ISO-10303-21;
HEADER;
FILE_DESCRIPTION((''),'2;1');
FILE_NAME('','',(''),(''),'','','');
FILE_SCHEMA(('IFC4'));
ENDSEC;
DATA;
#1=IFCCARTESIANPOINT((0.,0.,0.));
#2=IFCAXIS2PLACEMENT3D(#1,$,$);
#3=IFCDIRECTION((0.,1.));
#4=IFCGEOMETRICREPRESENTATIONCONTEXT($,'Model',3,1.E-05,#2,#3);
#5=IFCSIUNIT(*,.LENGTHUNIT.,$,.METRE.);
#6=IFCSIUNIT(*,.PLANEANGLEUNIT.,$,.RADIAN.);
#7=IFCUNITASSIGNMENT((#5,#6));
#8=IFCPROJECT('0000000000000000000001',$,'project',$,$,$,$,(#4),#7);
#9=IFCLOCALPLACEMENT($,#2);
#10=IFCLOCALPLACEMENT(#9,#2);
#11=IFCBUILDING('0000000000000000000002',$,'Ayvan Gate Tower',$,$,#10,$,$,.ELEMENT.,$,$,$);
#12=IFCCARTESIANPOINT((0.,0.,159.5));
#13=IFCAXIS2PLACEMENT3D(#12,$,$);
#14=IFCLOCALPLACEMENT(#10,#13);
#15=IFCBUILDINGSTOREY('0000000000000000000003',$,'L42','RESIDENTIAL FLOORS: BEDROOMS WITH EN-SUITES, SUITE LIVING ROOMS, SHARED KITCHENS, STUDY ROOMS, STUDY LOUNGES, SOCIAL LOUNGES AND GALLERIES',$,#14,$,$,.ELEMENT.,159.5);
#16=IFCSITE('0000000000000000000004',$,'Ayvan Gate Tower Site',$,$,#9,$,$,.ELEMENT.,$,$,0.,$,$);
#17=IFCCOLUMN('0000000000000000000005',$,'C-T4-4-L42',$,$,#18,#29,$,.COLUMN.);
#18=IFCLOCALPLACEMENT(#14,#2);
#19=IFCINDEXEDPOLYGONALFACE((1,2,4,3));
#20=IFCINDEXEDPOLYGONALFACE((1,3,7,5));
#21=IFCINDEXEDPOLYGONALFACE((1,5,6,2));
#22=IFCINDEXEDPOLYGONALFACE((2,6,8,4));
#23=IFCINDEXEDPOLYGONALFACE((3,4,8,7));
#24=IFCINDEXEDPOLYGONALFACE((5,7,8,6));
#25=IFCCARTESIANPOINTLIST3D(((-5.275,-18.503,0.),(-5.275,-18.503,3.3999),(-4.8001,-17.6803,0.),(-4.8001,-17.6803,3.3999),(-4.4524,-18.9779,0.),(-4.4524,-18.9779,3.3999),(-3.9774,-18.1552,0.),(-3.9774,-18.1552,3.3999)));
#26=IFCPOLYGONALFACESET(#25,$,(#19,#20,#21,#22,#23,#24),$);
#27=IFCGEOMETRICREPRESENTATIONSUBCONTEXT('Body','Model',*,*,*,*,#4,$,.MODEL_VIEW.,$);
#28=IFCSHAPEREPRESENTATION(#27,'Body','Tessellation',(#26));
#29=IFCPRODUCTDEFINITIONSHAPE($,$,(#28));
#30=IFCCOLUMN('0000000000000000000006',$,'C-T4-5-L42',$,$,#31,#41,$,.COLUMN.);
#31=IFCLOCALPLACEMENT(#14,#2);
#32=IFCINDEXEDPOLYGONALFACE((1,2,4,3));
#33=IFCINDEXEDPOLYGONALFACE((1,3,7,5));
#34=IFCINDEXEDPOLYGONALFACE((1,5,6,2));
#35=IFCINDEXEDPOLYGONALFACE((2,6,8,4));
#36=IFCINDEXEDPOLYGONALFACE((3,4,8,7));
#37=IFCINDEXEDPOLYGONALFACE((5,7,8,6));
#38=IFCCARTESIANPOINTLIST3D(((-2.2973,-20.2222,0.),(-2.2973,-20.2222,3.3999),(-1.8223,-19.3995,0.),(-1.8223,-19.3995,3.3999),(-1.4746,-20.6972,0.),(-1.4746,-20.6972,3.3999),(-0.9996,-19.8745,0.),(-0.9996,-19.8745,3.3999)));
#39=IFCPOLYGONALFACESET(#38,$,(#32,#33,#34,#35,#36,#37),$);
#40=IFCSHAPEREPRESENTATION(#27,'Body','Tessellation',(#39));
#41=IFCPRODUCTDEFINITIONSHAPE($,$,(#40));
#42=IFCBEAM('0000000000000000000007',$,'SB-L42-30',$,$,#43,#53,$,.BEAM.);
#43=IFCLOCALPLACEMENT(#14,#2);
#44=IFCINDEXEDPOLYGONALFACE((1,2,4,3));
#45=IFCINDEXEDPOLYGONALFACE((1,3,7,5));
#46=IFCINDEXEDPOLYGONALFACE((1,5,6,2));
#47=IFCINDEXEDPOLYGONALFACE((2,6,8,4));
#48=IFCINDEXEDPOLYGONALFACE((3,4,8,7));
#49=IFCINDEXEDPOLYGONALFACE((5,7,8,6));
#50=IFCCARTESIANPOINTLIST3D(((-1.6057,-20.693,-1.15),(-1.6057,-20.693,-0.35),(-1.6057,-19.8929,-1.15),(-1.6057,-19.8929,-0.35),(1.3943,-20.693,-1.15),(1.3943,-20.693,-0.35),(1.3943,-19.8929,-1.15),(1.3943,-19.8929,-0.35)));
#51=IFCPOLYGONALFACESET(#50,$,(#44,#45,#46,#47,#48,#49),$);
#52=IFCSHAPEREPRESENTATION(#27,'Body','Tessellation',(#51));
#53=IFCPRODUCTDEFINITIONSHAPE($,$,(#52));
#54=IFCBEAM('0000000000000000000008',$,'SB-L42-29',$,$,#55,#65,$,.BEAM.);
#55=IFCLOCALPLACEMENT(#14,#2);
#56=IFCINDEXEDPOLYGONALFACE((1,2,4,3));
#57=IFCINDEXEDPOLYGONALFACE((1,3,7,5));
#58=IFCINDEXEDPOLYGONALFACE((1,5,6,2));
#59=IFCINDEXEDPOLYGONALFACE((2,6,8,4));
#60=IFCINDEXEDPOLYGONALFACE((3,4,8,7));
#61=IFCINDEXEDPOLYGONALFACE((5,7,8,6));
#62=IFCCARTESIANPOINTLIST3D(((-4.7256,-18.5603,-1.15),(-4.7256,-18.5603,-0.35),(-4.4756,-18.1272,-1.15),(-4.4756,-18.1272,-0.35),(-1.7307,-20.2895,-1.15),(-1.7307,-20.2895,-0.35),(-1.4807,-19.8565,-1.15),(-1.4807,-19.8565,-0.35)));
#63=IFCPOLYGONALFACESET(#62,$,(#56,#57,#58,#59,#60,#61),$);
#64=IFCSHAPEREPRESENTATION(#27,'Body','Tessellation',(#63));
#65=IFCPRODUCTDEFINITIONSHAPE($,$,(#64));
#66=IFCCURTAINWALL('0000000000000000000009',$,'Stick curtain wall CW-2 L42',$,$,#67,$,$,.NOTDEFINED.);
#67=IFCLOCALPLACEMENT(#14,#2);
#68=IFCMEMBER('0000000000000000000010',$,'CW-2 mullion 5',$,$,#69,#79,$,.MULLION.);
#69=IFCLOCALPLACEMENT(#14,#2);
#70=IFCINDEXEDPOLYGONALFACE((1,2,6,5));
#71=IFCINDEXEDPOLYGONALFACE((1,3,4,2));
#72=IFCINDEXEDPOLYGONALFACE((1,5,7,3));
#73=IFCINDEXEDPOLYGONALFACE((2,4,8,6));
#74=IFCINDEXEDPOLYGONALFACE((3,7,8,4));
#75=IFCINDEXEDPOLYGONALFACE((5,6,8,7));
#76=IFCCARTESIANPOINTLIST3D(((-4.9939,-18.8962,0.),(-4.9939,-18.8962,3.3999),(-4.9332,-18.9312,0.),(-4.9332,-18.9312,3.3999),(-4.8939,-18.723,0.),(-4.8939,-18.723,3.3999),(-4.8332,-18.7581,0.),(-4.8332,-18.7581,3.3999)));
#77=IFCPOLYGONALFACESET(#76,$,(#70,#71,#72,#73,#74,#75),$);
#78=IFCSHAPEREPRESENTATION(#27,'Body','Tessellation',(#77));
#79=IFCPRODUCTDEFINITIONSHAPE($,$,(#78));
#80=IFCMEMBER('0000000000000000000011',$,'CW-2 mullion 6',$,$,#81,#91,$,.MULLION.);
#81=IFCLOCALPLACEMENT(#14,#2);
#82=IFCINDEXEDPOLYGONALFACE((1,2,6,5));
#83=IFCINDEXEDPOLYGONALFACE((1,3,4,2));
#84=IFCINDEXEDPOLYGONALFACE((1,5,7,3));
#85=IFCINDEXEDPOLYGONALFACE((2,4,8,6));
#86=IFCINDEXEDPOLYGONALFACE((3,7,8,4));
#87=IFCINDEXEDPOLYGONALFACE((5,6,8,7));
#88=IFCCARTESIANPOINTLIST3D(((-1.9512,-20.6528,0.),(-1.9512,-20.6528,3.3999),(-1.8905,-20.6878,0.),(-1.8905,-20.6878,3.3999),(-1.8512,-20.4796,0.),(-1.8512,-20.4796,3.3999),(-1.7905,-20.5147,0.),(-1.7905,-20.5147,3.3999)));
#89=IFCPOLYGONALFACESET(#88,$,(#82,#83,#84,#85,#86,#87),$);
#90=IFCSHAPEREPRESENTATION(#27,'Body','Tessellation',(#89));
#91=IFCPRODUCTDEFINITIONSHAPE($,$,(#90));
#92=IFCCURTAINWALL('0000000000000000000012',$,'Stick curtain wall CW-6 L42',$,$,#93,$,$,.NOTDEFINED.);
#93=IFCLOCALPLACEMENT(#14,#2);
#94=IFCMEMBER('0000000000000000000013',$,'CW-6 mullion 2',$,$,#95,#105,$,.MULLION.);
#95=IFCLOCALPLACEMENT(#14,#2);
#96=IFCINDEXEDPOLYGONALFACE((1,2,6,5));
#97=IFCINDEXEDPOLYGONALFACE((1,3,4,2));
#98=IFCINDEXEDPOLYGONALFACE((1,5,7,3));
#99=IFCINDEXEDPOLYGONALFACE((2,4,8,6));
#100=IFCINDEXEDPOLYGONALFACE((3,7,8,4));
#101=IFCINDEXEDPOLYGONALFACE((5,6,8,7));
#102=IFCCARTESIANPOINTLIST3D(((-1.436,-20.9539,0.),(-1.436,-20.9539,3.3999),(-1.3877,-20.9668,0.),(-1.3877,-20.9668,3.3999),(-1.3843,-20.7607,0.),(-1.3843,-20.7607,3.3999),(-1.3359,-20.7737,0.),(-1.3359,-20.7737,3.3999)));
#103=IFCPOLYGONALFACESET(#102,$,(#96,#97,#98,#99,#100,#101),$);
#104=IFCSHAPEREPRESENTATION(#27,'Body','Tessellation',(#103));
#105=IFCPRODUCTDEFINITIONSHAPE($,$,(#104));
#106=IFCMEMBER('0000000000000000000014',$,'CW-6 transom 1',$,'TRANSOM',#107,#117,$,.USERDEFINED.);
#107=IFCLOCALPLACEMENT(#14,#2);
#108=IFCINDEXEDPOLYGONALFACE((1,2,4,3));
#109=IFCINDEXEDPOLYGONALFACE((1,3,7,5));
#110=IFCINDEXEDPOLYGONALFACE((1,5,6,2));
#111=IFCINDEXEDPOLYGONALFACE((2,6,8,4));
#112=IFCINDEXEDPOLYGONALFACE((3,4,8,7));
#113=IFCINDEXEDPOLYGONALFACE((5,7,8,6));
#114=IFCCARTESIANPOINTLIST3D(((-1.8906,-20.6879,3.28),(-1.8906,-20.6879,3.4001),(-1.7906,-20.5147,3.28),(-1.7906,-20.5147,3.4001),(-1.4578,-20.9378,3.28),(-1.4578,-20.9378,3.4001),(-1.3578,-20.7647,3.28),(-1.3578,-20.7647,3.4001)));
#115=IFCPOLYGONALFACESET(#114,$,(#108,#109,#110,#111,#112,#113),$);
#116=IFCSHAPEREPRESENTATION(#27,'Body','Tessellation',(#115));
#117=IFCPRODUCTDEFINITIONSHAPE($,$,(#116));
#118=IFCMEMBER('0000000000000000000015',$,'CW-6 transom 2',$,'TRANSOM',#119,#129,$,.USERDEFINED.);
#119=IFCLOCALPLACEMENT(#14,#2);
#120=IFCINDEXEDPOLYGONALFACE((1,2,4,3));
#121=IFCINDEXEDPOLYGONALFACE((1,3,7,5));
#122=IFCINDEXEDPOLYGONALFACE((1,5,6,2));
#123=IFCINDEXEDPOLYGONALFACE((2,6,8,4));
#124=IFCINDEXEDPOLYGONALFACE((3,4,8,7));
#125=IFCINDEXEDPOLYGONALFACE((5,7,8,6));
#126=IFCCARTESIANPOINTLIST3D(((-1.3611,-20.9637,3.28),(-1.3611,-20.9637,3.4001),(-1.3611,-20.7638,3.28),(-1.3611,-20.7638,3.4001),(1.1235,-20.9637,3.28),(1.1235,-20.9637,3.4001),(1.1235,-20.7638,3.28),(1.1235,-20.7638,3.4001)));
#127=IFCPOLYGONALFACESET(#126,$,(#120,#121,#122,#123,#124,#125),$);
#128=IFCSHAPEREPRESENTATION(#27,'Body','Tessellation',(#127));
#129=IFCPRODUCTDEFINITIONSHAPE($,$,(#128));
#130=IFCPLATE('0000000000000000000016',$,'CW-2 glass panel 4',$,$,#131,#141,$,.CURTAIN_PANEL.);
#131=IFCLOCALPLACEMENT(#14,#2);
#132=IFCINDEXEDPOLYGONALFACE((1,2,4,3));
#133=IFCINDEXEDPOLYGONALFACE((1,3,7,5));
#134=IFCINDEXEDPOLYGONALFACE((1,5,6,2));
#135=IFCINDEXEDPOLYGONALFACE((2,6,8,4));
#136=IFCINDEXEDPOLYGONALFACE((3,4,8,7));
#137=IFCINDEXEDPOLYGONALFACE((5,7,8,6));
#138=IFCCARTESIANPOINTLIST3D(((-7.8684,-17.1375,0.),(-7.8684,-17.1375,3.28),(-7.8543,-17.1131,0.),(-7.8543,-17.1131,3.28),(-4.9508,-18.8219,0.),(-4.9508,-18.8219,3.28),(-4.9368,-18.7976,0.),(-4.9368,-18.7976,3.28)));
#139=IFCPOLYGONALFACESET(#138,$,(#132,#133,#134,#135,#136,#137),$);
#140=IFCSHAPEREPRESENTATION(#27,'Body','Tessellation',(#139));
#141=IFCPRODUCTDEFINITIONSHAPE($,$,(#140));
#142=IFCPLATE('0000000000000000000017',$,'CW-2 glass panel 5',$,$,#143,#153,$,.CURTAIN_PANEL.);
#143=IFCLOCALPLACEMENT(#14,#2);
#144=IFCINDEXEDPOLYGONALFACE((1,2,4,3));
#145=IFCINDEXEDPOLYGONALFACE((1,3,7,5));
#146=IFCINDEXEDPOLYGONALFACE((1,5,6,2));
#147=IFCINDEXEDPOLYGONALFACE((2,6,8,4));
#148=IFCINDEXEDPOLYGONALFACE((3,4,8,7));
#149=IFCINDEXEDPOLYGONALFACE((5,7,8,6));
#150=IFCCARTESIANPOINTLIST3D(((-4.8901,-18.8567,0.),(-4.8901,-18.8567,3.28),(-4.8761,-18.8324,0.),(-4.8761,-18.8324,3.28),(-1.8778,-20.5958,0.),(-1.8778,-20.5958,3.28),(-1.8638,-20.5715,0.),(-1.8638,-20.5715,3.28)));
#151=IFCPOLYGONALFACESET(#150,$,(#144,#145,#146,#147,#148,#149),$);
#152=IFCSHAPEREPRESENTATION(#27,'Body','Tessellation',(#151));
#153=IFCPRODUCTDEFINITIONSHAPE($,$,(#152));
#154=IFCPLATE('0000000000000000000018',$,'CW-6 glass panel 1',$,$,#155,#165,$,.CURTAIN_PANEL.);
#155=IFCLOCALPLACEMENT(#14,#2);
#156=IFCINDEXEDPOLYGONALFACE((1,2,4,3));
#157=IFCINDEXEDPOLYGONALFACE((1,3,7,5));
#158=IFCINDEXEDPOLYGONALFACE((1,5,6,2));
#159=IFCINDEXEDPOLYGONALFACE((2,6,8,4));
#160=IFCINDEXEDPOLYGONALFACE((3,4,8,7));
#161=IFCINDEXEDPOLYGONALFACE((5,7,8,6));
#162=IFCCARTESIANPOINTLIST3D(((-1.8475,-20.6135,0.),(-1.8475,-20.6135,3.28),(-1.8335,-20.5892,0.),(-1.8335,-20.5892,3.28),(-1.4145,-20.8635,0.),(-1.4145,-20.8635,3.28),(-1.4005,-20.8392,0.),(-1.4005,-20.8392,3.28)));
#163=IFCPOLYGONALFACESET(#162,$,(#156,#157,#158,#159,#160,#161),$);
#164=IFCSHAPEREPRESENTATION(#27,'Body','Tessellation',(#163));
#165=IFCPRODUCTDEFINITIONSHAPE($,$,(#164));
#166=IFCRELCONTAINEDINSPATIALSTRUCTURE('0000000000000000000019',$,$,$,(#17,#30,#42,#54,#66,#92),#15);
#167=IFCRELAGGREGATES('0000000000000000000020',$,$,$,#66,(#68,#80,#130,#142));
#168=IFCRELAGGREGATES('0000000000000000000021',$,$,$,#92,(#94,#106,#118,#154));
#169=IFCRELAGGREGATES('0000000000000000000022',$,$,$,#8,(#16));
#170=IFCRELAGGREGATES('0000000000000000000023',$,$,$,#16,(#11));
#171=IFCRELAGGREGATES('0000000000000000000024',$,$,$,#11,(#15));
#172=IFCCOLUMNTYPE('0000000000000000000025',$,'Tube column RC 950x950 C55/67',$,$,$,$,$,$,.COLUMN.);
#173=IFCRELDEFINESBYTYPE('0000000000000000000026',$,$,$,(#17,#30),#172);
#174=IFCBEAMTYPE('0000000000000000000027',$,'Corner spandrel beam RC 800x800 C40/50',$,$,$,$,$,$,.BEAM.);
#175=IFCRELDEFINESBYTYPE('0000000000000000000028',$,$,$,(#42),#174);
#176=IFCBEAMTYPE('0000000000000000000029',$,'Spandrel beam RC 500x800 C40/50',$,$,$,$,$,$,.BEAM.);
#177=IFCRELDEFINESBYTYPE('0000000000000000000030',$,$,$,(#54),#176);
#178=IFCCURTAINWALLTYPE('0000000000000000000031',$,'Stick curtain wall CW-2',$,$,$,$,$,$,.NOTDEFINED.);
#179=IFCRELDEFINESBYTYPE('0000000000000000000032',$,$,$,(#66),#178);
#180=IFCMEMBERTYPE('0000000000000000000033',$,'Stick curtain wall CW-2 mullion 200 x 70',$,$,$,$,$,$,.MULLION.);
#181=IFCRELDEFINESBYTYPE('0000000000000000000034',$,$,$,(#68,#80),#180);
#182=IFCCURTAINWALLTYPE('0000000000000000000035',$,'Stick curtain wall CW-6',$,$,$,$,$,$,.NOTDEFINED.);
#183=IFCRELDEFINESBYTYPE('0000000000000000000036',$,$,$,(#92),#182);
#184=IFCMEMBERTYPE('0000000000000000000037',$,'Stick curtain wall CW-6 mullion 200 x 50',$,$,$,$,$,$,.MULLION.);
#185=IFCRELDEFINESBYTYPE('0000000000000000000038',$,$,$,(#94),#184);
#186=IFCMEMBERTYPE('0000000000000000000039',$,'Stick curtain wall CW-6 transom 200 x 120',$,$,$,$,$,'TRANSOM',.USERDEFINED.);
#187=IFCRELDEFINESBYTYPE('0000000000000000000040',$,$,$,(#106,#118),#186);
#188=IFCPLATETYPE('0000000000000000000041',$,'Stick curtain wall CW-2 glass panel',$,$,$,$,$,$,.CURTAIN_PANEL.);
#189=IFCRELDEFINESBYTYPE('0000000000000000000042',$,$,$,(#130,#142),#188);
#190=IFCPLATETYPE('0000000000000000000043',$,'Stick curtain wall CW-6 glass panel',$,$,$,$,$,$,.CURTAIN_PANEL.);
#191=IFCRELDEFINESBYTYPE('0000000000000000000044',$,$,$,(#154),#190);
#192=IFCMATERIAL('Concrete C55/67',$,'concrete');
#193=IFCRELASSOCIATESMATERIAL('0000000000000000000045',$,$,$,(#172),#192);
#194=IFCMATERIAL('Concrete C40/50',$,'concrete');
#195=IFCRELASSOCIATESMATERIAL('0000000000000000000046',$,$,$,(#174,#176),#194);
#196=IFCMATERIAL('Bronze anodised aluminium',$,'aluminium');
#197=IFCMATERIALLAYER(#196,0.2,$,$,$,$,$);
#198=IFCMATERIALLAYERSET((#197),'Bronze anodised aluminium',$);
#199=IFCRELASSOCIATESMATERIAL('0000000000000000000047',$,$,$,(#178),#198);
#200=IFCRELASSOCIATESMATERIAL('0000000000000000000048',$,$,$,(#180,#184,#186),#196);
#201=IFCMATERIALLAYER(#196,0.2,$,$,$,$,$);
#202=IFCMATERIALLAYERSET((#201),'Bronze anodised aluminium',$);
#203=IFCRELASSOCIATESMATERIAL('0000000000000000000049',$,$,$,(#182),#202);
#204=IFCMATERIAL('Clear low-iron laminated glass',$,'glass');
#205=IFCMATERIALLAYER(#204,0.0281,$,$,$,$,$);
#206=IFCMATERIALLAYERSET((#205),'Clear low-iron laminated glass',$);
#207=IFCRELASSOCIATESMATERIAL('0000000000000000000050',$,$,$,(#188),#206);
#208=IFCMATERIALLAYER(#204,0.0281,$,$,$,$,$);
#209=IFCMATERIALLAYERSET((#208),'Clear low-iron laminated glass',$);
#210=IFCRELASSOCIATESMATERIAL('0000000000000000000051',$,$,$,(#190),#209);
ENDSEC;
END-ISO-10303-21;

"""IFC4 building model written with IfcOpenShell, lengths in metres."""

from ifc_helpers import new_model, si_unit, direction, frame, origin, origin_2d, place, context, subcontext, project, spatial, rectangle, extrude, material, layer, layer_set, material_profile, profile_set, type_object, element, aggregate, save


model = new_model("IFC4")

# Units and contexts
model_context = context("Model", 3, precision=1e-05, world=origin(), true_north=direction((0.0, 1.0)))
body_context = subcontext(model_context, "Body", "Model", "MODEL_VIEW")
ifc_project = project(units=[si_unit("LENGTHUNIT", "METRE"), si_unit("PLANEANGLEUNIT", "RADIAN")], contexts=[model_context])

# Site, building, storey
site_placement = place(None, origin())
site = spatial("IfcSite", under=ifc_project, at=site_placement, Name="Ayvan Gate Tower Site", CompositionType="ELEMENT", RefElevation=0.0)
building_placement = place(site_placement, origin())
building = spatial("IfcBuilding", under=site, at=building_placement, Name="Ayvan Gate Tower", CompositionType="ELEMENT")
storey_placement = place(building_placement, frame((0.0, 0.0, 159.5)))
storey = spatial("IfcBuildingStorey", under=building, at=storey_placement, Name="L42", Description="RESIDENTIAL FLOORS: BEDROOMS WITH EN-SUITES, SUITE LIVING ROOMS, SHARED KITCHENS, STUDY ROOMS, STUDY LOUNGES, SOCIAL LOUNGES AND GALLERIES", CompositionType="ELEMENT", Elevation=159.5)

# Columns
ifc_material_1 = material(Name="Concrete C55/67", Category="concrete")
ifc_material_profile_1 = material_profile(ifc_material_1, rectangle(XDim=0.95, YDim=0.95, at=origin_2d()), Name="RC 950x950")
ifc_profile_set_1 = profile_set([ifc_material_profile_1], Name="Concrete C55/67")
column_type = type_object("IfcColumnType", Name="Tube column RC 950x950 C55/67", PredefinedType="COLUMN", material=ifc_profile_set_1)
for number, where, z_axis, x_axis, name in (
    (1, (-4.6262, -18.3291, 0.0), (0.0, 0.0, 1.0), (-0.5, -0.866025, 0.0), "C-T4-4-L42"),
    (2, (-1.6484, -20.0483, 0.0), (0.0, 0.0, 1.0), (-0.5, -0.866025, 0.0), "C-T4-5-L42"),
):
    element("IfcColumn", number, at=place(storey_placement, frame(where, z_axis=z_axis, x_axis=x_axis)), inside=storey, type_object=column_type, Name=name, PredefinedType="COLUMN", context=body_context, shape_type="SweptSolid", body=[
        extrude(rectangle(XDim=0.95, YDim=0.95, at=origin_2d()), origin(), (0.0, 0.0, 1.0), 3.3999),
    ])

# Beams
ifc_material_2 = material(Name="Concrete C40/50", Category="concrete")
ifc_material_profile_2 = material_profile(ifc_material_2, rectangle(XDim=0.8, YDim=0.8, at=origin_2d()), Name="RC 800x800")
ifc_profile_set_2 = profile_set([ifc_material_profile_2], Name="Concrete C40/50")
beam_type_1 = type_object("IfcBeamType", Name="Corner spandrel beam RC 800x800 C40/50", PredefinedType="BEAM", material=ifc_profile_set_2)
beam_1_placement = place(storey_placement, frame((-1.6057, -20.293, -0.75), z_axis=(1.0, 0.0, 0.0), x_axis=(0.0, 1.0, 0.0)))
element("IfcBeam", 3, at=beam_1_placement, inside=storey, type_object=beam_type_1, Name="SB-L42-30", PredefinedType="BEAM", context=body_context, shape_type="SweptSolid", body=[
    extrude(rectangle(XDim=0.8, YDim=0.8, at=origin_2d()), origin(), (0.0, 0.0, 1.0), 3.0),
])
ifc_material_profile_3 = material_profile(ifc_material_2, rectangle(XDim=0.5, YDim=0.8, at=origin_2d()), Name="RC 500x800")
ifc_profile_set_3 = profile_set([ifc_material_profile_3], Name="Concrete C40/50")
beam_type_2 = type_object("IfcBeamType", Name="Spandrel beam RC 500x800 C40/50", PredefinedType="BEAM", material=ifc_profile_set_3)
beam_2_placement = place(storey_placement, frame((-4.6006, -18.3438, -0.75), z_axis=(0.866006, -0.500034, 0.0), x_axis=(0.500034, 0.866006, 0.0)))
element("IfcBeam", 4, at=beam_2_placement, inside=storey, type_object=beam_type_2, Name="SB-L42-29", PredefinedType="BEAM", context=body_context, shape_type="SweptSolid", body=[
    extrude(rectangle(XDim=0.5, YDim=0.8, at=origin_2d()), origin(), (0.0, 0.0, 1.0), 3.4583),
])

# Curtain walls, members
ifc_material_3 = material(Name="Bronze anodised aluminium", Category="aluminium")
ifc_layer_1 = layer(ifc_material_3, 0.2)
ifc_layer_set_1 = layer_set([ifc_layer_1], Name="Bronze anodised aluminium")
curtain_wall_type_1 = type_object("IfcCurtainWallType", Name="Stick curtain wall CW-2", PredefinedType="NOTDEFINED", material=ifc_layer_set_1)
curtain_wall_1_placement = place(storey_placement, origin())
curtain_wall_1 = element("IfcCurtainWall", 5, at=curtain_wall_1_placement, inside=storey, type_object=curtain_wall_type_1, Name="Stick curtain wall CW-2 L42", PredefinedType="NOTDEFINED")
ifc_material_profile_4 = material_profile(ifc_material_3, rectangle(XDim=0.2, YDim=0.0701, at=origin_2d()), Name="Stick curtain wall CW-2 mullion 200 x 70")
ifc_profile_set_4 = profile_set([ifc_material_profile_4], Name="Bronze anodised aluminium")
member_type_1 = type_object("IfcMemberType", Name="Stick curtain wall CW-2 mullion 200 x 70", PredefinedType="MULLION", material=ifc_profile_set_4)
member_1_placement = place(storey_placement, frame((-4.9136, -18.8271, 0.0), z_axis=(0.0, 0.0, 1.0), x_axis=(-0.5, -0.866025, 0.0)))
member_1 = element("IfcMember", 6, at=member_1_placement, type_object=member_type_1, Name="CW-2 mullion 5", PredefinedType="MULLION", context=body_context, shape_type="SweptSolid", body=[
    extrude(rectangle(XDim=0.2, YDim=0.0701, at=origin_2d()), origin(), (0.0, 0.0, 1.0), 3.3999),
])
member_2_placement = place(storey_placement, frame((-1.8708, -20.5837, 0.0), z_axis=(0.0, 0.0, 1.0), x_axis=(-0.5, -0.866025, 0.0)))
member_2 = element("IfcMember", 7, at=member_2_placement, type_object=member_type_1, Name="CW-2 mullion 6", PredefinedType="MULLION", context=body_context, shape_type="SweptSolid", body=[
    extrude(rectangle(XDim=0.2, YDim=0.0701, at=origin_2d()), origin(), (0.0, 0.0, 1.0), 3.3999),
])
ifc_layer_2 = layer(ifc_material_3, 0.2)
ifc_layer_set_2 = layer_set([ifc_layer_2], Name="Bronze anodised aluminium")
curtain_wall_type_2 = type_object("IfcCurtainWallType", Name="Stick curtain wall CW-6", PredefinedType="NOTDEFINED", material=ifc_layer_set_2)
curtain_wall_2_placement = place(storey_placement, origin())
curtain_wall_2 = element("IfcCurtainWall", 8, at=curtain_wall_2_placement, inside=storey, type_object=curtain_wall_type_2, Name="Stick curtain wall CW-6 L42", PredefinedType="NOTDEFINED")
ifc_material_profile_5 = material_profile(ifc_material_3, rectangle(XDim=0.2, YDim=0.05, at=origin_2d()), Name="Stick curtain wall CW-6 mullion 200 x 50")
ifc_profile_set_5 = profile_set([ifc_material_profile_5], Name="Bronze anodised aluminium")
member_type_2 = type_object("IfcMemberType", Name="Stick curtain wall CW-6 mullion 200 x 50", PredefinedType="MULLION", material=ifc_profile_set_5)
member_3_placement = place(storey_placement, frame((-1.386, -20.8638, 0.0), z_axis=(0.0, 0.0, 1.0), x_axis=(-0.258819, -0.965926, 0.0)))
member_3 = element("IfcMember", 9, at=member_3_placement, type_object=member_type_2, Name="CW-6 mullion 2", PredefinedType="MULLION", context=body_context, shape_type="SweptSolid", body=[
    extrude(rectangle(XDim=0.2, YDim=0.05, at=origin_2d()), origin(), (0.0, 0.0, 1.0), 3.3999),
])
ifc_material_profile_6 = material_profile(ifc_material_3, rectangle(XDim=0.2, YDim=0.1201, at=origin_2d()), Name="Stick curtain wall CW-6 transom 200 x 120")
ifc_profile_set_6 = profile_set([ifc_material_profile_6], Name="Bronze anodised aluminium")
member_type_3 = type_object("IfcMemberType", Name="Stick curtain wall CW-6 transom 200 x 120", ElementType="TRANSOM", PredefinedType="USERDEFINED", material=ifc_profile_set_6)
member_4_placement = place(storey_placement, frame((-1.8406, -20.6013, 3.3401), z_axis=(0.86595, -0.500131, 0.0), x_axis=(0.500131, 0.86595, 0.0)))
member_4 = element("IfcMember", 10, at=member_4_placement, type_object=member_type_3, Name="CW-6 transom 1", ObjectType="TRANSOM", PredefinedType="USERDEFINED", context=body_context, shape_type="SweptSolid", body=[
    extrude(rectangle(XDim=0.2, YDim=0.1201, at=origin_2d()), origin(), (0.0, 0.0, 1.0), 0.4998),
])
member_5_placement = place(storey_placement, frame((-1.3611, -20.8638, 3.3401), z_axis=(1.0, 0.0, 0.0), x_axis=(0.0, 1.0, 0.0)))
member_5 = element("IfcMember", 11, at=member_5_placement, type_object=member_type_3, Name="CW-6 transom 2", ObjectType="TRANSOM", PredefinedType="USERDEFINED", context=body_context, shape_type="SweptSolid", body=[
    extrude(rectangle(XDim=0.2, YDim=0.1201, at=origin_2d()), origin(), (0.0, 0.0, 1.0), 2.4846),
])

# Plates
ifc_material_4 = material(Name="Clear low-iron laminated glass", Category="glass")
ifc_layer_3 = layer(ifc_material_4, 0.0281)
ifc_layer_set_3 = layer_set([ifc_layer_3], Name="Clear low-iron laminated glass")
plate_type_1 = type_object("IfcPlateType", Name="Stick curtain wall CW-2 glass panel", PredefinedType="CURTAIN_PANEL", material=ifc_layer_set_3)
plate_1_placement = place(storey_placement, frame((-6.4026, -17.9675, 0.0), z_axis=(0.0, 0.0, 1.0), x_axis=(0.866025, -0.5, 0.0)))
plate_1 = element("IfcPlate", 12, at=plate_1_placement, type_object=plate_type_1, Name="CW-2 glass panel 4", PredefinedType="CURTAIN_PANEL", context=body_context, shape_type="SweptSolid", body=[
    extrude(rectangle(XDim=3.3689, YDim=0.0281, at=origin_2d()), origin(), (0.0, 0.0, 1.0), 3.28),
])
plate_2_placement = place(storey_placement, frame((-3.377, -19.7141, 0.0), z_axis=(0.0, 0.0, 1.0), x_axis=(0.866025, -0.5, 0.0)))
plate_2 = element("IfcPlate", 13, at=plate_2_placement, type_object=plate_type_1, Name="CW-2 glass panel 5", PredefinedType="CURTAIN_PANEL", context=body_context, shape_type="SweptSolid", body=[
    extrude(rectangle(XDim=3.4783, YDim=0.0281, at=origin_2d()), origin(), (0.0, 0.0, 1.0), 3.28),
])
aggregate(curtain_wall_1, [member_1, member_2, plate_1, plate_2])
ifc_layer_4 = layer(ifc_material_4, 0.0281)
ifc_layer_set_4 = layer_set([ifc_layer_4], Name="Clear low-iron laminated glass")
plate_type_2 = type_object("IfcPlateType", Name="Stick curtain wall CW-6 glass panel", PredefinedType="CURTAIN_PANEL", material=ifc_layer_set_4)
plate_3_placement = place(storey_placement, frame((-1.624, -20.7263, 0.0), z_axis=(0.0, 0.0, 1.0), x_axis=(0.866025, -0.5, 0.0)))
plate_3 = element("IfcPlate", 14, at=plate_3_placement, type_object=plate_type_2, Name="CW-6 glass panel 1", PredefinedType="CURTAIN_PANEL", context=body_context, shape_type="SweptSolid", body=[
    extrude(rectangle(XDim=0.5, YDim=0.0281, at=origin_2d()), origin(), (0.0, 0.0, 1.0), 3.28),
])
aggregate(curtain_wall_2, [member_3, member_4, member_5, plate_3])

save(model, "model.ifc")
